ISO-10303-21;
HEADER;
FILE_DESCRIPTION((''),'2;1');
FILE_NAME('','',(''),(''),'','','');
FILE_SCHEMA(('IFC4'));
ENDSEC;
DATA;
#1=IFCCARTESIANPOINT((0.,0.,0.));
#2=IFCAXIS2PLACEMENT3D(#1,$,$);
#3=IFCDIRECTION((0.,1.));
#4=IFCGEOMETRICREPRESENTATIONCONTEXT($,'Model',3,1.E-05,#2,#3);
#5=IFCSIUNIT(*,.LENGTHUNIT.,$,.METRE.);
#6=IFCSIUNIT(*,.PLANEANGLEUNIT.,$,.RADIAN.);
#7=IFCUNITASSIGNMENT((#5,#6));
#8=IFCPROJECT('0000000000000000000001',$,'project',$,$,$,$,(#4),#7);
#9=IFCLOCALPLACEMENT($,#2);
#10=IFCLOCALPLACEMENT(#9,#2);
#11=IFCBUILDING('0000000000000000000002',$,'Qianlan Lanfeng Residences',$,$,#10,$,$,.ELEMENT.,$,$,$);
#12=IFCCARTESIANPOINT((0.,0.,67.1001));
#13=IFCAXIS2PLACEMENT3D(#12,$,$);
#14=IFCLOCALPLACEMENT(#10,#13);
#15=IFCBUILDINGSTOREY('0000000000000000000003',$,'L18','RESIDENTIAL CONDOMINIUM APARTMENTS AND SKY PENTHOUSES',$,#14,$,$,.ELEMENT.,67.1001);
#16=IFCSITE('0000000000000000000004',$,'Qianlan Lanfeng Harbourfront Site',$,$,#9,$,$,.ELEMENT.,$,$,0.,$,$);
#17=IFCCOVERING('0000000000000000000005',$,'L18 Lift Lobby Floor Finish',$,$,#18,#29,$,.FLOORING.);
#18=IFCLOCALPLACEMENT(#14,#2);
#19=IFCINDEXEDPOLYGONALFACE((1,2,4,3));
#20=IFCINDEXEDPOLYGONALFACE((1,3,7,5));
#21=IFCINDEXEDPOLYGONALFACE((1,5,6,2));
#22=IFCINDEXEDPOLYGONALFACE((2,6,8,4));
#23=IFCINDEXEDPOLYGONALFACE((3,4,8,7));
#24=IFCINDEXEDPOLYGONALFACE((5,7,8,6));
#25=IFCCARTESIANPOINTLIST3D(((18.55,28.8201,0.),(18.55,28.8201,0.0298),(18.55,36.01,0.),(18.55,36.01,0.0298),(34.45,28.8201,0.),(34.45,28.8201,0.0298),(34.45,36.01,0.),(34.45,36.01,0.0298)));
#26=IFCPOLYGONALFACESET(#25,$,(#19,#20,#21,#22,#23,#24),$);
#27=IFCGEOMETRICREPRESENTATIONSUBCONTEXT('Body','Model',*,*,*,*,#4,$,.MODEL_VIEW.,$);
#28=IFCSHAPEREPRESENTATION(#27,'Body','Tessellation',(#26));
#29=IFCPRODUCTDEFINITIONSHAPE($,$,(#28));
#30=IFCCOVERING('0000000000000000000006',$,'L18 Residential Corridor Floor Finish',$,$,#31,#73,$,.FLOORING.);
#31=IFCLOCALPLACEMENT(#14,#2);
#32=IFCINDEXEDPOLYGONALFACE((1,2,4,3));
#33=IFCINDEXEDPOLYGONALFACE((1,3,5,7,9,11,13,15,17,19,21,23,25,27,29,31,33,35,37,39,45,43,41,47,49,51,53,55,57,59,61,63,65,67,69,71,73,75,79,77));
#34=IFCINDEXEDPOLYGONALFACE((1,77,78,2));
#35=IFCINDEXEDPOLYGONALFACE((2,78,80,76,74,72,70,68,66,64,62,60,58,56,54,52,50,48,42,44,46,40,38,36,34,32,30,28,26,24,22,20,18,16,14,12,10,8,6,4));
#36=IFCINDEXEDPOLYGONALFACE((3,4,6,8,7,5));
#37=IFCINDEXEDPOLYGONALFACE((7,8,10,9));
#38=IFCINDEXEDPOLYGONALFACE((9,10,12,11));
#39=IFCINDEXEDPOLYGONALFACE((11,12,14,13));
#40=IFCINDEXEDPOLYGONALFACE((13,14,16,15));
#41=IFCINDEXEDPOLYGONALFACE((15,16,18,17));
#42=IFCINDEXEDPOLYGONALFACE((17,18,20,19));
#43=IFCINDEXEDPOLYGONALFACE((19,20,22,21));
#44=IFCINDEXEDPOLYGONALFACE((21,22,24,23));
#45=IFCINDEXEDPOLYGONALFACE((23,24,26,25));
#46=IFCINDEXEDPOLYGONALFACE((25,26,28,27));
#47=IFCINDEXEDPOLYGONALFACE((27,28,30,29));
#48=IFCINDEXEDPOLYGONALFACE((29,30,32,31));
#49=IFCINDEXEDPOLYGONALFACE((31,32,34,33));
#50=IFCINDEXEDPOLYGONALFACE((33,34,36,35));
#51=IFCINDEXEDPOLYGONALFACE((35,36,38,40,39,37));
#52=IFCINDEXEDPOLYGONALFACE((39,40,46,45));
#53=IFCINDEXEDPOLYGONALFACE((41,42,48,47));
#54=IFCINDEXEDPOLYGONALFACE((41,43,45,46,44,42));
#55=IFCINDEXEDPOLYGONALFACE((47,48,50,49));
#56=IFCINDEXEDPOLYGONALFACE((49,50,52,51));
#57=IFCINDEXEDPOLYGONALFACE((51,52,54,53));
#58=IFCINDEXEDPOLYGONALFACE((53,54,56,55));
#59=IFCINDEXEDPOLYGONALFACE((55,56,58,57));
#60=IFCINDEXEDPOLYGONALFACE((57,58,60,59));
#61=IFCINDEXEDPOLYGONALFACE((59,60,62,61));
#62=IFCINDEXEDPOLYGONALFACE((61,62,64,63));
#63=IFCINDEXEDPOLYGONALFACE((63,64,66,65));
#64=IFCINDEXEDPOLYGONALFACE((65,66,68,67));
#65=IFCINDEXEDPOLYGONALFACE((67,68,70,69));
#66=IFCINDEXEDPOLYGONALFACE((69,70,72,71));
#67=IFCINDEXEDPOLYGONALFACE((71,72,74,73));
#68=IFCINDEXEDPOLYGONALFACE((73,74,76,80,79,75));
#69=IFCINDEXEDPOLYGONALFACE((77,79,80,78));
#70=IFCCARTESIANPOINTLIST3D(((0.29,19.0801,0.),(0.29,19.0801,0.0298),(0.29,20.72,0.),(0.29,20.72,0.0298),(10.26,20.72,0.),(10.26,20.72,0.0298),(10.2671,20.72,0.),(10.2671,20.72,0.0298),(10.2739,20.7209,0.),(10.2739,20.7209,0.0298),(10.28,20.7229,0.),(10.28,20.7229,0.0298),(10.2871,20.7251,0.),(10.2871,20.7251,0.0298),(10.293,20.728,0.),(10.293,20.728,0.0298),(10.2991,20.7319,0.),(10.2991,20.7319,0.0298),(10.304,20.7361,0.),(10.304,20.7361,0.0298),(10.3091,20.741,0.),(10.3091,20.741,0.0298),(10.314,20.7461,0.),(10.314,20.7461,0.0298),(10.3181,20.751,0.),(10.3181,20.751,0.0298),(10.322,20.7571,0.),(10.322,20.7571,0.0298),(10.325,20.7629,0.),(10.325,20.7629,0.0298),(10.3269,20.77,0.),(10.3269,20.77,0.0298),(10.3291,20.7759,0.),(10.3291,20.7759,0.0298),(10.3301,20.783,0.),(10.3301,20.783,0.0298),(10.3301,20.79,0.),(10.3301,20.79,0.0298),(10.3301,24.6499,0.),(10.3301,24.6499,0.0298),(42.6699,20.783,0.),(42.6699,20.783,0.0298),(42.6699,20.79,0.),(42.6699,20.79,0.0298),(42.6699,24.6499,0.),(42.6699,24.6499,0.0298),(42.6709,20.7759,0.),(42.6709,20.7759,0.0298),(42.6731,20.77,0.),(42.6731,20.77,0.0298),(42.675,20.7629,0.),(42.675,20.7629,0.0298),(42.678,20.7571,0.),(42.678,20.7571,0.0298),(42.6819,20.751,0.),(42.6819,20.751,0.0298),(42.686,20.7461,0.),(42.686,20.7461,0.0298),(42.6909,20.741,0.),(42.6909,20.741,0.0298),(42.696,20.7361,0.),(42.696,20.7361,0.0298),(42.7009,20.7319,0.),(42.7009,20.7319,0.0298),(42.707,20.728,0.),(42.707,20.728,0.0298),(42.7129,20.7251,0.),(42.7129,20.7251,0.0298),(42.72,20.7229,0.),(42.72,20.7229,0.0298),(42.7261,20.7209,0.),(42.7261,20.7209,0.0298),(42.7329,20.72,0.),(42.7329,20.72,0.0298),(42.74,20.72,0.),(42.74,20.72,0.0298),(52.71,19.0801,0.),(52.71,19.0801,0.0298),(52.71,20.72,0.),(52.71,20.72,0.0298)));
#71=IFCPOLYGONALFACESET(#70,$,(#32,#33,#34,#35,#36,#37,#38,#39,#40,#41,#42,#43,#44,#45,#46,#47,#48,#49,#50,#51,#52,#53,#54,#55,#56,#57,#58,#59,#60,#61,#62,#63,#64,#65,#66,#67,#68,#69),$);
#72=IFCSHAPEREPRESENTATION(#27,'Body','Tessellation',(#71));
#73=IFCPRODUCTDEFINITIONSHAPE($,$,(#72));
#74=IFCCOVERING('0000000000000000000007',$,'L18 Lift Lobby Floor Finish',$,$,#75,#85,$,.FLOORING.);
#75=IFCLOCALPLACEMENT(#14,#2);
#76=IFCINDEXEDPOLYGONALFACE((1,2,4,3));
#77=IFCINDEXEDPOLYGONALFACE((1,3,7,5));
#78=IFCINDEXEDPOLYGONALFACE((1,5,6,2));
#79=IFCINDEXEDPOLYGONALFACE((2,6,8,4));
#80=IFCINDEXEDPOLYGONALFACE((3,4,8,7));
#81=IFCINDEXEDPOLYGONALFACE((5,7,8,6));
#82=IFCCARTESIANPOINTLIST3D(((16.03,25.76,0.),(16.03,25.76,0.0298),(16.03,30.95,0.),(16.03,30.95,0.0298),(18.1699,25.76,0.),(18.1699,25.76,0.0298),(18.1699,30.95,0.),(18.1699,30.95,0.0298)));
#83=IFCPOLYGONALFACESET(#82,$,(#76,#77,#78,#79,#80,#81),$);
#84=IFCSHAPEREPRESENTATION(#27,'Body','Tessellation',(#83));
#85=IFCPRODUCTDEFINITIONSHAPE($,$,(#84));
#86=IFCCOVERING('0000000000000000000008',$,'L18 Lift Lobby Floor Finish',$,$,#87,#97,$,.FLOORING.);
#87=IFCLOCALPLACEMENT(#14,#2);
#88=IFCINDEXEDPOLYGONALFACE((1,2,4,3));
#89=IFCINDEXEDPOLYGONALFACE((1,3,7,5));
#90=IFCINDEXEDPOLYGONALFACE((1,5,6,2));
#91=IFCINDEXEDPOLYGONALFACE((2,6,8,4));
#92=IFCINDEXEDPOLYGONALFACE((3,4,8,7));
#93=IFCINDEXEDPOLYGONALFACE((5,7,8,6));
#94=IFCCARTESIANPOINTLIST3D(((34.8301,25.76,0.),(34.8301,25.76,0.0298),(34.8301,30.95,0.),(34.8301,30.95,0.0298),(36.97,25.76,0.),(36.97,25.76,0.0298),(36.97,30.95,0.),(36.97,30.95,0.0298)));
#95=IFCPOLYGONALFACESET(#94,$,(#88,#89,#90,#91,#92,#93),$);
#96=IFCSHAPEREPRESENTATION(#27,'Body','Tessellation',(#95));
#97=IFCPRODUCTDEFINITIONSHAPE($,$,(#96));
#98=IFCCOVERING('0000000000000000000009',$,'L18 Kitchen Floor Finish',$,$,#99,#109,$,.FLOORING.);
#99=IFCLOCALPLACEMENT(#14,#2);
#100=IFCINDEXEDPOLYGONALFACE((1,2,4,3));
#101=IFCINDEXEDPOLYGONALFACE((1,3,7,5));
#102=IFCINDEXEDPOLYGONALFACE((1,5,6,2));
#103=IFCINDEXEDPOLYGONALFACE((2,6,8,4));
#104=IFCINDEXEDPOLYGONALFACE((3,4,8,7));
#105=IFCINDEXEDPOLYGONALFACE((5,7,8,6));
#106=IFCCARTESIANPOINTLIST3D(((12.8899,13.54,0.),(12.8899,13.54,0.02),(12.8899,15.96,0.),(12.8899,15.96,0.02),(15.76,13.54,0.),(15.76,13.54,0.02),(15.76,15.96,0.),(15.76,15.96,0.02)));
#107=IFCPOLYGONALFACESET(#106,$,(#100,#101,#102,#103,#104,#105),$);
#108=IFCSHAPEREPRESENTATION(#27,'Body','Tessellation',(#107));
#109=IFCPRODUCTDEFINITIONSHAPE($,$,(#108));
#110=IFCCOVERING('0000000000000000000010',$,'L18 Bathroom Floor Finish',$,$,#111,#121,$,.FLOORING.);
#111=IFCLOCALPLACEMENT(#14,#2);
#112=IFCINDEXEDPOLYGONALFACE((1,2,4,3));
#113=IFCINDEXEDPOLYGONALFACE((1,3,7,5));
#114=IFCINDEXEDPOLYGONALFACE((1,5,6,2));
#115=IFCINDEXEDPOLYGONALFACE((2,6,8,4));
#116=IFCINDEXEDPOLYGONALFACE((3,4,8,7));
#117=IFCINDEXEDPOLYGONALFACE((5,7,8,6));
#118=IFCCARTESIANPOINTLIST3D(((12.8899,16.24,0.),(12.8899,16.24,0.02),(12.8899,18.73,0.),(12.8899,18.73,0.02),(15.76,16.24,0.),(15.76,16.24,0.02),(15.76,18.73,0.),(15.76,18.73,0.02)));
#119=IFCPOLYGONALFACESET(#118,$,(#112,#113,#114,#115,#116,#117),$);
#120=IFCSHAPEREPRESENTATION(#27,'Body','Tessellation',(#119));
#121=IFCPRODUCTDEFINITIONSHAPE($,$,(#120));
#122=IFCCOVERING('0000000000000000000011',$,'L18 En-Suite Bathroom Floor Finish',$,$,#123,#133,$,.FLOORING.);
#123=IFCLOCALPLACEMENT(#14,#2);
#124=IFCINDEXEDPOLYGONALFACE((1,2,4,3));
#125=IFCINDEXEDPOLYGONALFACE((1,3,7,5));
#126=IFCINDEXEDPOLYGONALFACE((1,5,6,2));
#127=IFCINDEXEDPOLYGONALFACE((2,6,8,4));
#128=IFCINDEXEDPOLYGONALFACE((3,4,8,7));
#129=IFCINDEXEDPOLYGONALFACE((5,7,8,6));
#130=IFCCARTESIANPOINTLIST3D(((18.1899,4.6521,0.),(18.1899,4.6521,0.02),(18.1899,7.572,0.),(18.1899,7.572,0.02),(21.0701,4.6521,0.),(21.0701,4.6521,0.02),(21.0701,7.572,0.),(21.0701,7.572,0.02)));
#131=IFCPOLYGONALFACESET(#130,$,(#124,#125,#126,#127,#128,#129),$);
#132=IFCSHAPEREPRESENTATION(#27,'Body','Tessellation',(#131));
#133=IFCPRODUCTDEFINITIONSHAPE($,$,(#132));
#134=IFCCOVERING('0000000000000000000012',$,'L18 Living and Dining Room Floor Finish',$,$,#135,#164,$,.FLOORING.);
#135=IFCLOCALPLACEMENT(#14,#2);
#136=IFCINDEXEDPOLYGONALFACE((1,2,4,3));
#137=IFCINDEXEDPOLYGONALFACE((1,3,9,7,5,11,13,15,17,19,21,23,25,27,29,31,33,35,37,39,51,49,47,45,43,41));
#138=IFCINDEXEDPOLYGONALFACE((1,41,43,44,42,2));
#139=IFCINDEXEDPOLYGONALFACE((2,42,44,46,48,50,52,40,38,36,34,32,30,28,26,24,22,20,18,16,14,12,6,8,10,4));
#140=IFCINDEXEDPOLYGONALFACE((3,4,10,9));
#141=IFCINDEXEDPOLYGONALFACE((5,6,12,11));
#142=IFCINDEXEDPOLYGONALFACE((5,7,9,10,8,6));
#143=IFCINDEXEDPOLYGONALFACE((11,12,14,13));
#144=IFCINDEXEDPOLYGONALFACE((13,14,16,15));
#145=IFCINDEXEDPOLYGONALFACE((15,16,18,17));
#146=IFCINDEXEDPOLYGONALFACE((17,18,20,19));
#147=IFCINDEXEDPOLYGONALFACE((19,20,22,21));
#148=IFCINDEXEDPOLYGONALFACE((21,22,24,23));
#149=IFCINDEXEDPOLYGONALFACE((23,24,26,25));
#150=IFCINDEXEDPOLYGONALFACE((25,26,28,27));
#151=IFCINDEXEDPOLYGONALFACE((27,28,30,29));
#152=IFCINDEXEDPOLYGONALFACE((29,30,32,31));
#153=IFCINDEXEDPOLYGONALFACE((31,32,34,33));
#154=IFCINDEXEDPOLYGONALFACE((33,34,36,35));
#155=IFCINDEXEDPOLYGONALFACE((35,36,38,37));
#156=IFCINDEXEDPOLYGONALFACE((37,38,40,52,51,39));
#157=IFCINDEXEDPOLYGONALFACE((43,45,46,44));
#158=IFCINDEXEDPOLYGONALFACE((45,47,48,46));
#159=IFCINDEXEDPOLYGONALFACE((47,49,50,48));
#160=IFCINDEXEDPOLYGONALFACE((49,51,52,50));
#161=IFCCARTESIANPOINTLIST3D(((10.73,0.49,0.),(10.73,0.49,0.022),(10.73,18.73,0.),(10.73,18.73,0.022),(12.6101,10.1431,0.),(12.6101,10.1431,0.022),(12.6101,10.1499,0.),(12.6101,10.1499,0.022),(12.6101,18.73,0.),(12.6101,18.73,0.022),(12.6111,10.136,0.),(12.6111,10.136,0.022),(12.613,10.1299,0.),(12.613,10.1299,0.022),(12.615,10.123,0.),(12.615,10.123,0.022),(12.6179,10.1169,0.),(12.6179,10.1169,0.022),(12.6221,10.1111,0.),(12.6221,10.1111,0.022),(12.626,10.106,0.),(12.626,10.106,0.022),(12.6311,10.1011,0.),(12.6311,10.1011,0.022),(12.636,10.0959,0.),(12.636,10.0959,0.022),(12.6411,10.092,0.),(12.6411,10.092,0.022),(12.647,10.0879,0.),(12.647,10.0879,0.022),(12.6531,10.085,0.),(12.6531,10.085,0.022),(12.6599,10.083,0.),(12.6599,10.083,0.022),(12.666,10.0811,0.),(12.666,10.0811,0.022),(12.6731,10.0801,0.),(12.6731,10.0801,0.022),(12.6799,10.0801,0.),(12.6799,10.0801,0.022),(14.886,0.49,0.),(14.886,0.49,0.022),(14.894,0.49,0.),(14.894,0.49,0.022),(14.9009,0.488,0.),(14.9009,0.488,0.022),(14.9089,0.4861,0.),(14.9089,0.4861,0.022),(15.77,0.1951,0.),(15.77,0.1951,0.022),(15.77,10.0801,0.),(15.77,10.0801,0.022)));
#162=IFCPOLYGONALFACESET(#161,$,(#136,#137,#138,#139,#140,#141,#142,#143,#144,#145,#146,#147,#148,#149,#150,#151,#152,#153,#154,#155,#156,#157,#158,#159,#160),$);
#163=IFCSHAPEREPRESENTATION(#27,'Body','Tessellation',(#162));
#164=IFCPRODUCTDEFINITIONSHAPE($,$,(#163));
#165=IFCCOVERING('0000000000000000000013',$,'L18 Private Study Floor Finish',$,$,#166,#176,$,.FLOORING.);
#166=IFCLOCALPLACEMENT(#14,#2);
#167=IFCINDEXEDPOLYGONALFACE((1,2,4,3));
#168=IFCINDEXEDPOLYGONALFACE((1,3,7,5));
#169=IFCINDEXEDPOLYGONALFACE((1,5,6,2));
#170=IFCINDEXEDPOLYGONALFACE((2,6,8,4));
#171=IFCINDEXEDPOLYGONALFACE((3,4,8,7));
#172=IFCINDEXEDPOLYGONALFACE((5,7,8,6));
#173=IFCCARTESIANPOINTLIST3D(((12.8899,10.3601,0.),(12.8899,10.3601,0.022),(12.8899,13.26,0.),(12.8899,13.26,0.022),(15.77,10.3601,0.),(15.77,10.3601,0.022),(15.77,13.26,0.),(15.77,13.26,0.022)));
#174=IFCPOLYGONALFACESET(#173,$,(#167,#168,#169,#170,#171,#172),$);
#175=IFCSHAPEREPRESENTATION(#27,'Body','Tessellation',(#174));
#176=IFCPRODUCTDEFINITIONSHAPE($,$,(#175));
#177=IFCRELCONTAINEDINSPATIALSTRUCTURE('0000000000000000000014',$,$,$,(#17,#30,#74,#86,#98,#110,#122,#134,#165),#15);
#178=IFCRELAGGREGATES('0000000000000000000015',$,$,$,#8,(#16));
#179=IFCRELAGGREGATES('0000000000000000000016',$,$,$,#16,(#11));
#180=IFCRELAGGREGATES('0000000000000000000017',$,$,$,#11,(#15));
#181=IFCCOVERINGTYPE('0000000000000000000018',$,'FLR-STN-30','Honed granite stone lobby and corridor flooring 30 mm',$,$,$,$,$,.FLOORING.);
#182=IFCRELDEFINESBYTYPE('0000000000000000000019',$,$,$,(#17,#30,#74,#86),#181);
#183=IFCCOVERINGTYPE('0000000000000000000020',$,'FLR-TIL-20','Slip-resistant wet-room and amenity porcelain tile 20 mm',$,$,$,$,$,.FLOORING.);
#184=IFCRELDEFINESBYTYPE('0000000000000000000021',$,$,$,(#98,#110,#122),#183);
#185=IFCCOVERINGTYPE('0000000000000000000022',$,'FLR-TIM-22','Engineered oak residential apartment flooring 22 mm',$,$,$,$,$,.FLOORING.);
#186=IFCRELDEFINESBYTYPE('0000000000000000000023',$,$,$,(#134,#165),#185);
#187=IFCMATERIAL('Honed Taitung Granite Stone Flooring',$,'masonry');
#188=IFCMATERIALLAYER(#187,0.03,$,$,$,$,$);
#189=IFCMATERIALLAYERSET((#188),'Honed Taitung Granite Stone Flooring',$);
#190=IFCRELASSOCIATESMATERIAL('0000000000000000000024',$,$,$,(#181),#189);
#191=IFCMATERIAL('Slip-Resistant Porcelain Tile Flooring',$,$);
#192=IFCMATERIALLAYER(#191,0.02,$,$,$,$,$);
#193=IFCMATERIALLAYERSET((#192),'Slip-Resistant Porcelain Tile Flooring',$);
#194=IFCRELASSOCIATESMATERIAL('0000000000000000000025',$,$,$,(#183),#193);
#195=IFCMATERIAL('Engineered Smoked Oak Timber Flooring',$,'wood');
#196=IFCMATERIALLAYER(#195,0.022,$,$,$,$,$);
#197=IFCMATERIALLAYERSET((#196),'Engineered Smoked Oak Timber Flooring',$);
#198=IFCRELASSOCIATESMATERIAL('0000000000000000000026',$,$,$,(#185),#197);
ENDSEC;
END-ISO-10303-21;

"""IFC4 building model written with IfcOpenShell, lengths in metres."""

from ifc_helpers import new_model, si_unit, direction, frame, origin, place, context, subcontext, project, spatial, polyline, outline, extrude, material, layer, layer_set, type_object, element, save


model = new_model("IFC4")

# Units and contexts
model_context = context("Model", 3, precision=1e-05, world=origin(), true_north=direction((0.0, 1.0)))
body_context = subcontext(model_context, "Body", "Model", "MODEL_VIEW")
ifc_project = project(units=[si_unit("LENGTHUNIT", "METRE"), si_unit("PLANEANGLEUNIT", "RADIAN")], contexts=[model_context])

# Site, building, storey
site_placement = place(None, origin())
site = spatial("IfcSite", under=ifc_project, at=site_placement, Name="Qianlan Lanfeng Harbourfront Site", CompositionType="ELEMENT", RefElevation=0.0)
building_placement = place(site_placement, origin())
building = spatial("IfcBuilding", under=site, at=building_placement, Name="Qianlan Lanfeng Residences", CompositionType="ELEMENT")
storey_placement = place(building_placement, frame((0.0, 0.0, 67.1001)))
storey = spatial("IfcBuildingStorey", under=building, at=storey_placement, Name="L18", Description="RESIDENTIAL CONDOMINIUM APARTMENTS AND SKY PENTHOUSES", CompositionType="ELEMENT", Elevation=67.1001)

# Coverings
ifc_material_1 = material(Name="Honed Taitung Granite Stone Flooring", Category="masonry")
ifc_layer_1 = layer(ifc_material_1, 0.03)
ifc_layer_set_1 = layer_set([ifc_layer_1], Name="Honed Taitung Granite Stone Flooring")
covering_type_1 = type_object("IfcCoveringType", Name="FLR-STN-30", Description="Honed granite stone lobby and corridor flooring 30 mm", PredefinedType="FLOORING", material=ifc_layer_set_1)
covering_1_placement = place(storey_placement, origin())
element("IfcCovering", 1, at=covering_1_placement, inside=storey, type_object=covering_type_1, Name="L18 Lift Lobby Floor Finish", PredefinedType="FLOORING", context=body_context, shape_type="SweptSolid", body=[
    extrude(outline(polyline([(18.55, 28.8201), (34.45, 28.8201), (34.45, 36.01), (18.55, 36.01), (18.55, 28.8201)])), origin(), (0.0, 0.0, 1.0), 0.0298),
])
covering_2_placement = place(storey_placement, origin())
element("IfcCovering", 2, at=covering_2_placement, inside=storey, type_object=covering_type_1, Name="L18 Residential Corridor Floor Finish", PredefinedType="FLOORING", context=body_context, shape_type="SweptSolid", body=[
    extrude(outline(polyline([(0.29, 19.0801), (52.71, 19.0801), (52.71, 20.72), (42.74, 20.72), (42.7329, 20.72), (42.7261, 20.7209), (42.72, 20.7229), (42.7129, 20.7251), (42.707, 20.728), (42.7009, 20.7319), (42.696, 20.7361), (42.6909, 20.741), (42.686, 20.7461), (42.6819, 20.751), (42.678, 20.7571), (42.675, 20.7629), (42.6731, 20.77), (42.6709, 20.7759), (42.6699, 20.783), (42.6699, 20.79), (42.6699, 24.6499), (10.3301, 24.6499), (10.3301, 20.79), (10.3301, 20.783), (10.3291, 20.7759), (10.3269, 20.77), (10.325, 20.7629), (10.322, 20.7571), (10.3181, 20.751), (10.314, 20.7461), (10.3091, 20.741), (10.304, 20.7361), (10.2991, 20.7319), (10.293, 20.728), (10.2871, 20.7251), (10.28, 20.7229), (10.2739, 20.7209), (10.2671, 20.72), (10.26, 20.72), (0.29, 20.72), (0.29, 19.0801)])), origin(), (0.0, 0.0, 1.0), 0.0298),
])
covering_3_placement = place(storey_placement, origin())
element("IfcCovering", 3, at=covering_3_placement, inside=storey, type_object=covering_type_1, Name="L18 Lift Lobby Floor Finish", PredefinedType="FLOORING", context=body_context, shape_type="SweptSolid", body=[
    extrude(outline(polyline([(16.03, 25.76), (18.1699, 25.76), (18.1699, 30.95), (16.03, 30.95), (16.03, 25.76)])), origin(), (0.0, 0.0, 1.0), 0.0298),
])
covering_4_placement = place(storey_placement, origin())
element("IfcCovering", 4, at=covering_4_placement, inside=storey, type_object=covering_type_1, Name="L18 Lift Lobby Floor Finish", PredefinedType="FLOORING", context=body_context, shape_type="SweptSolid", body=[
    extrude(outline(polyline([(34.8301, 25.76), (36.97, 25.76), (36.97, 30.95), (34.8301, 30.95), (34.8301, 25.76)])), origin(), (0.0, 0.0, 1.0), 0.0298),
])
ifc_material_2 = material(Name="Slip-Resistant Porcelain Tile Flooring")
ifc_layer_2 = layer(ifc_material_2, 0.02)
ifc_layer_set_2 = layer_set([ifc_layer_2], Name="Slip-Resistant Porcelain Tile Flooring")
covering_type_2 = type_object("IfcCoveringType", Name="FLR-TIL-20", Description="Slip-resistant wet-room and amenity porcelain tile 20 mm", PredefinedType="FLOORING", material=ifc_layer_set_2)
covering_5_placement = place(storey_placement, origin())
element("IfcCovering", 5, at=covering_5_placement, inside=storey, type_object=covering_type_2, Name="L18 Kitchen Floor Finish", PredefinedType="FLOORING", context=body_context, shape_type="SweptSolid", body=[
    extrude(outline(polyline([(12.8899, 13.54), (15.76, 13.54), (15.76, 15.96), (12.8899, 15.96), (12.8899, 13.54)])), origin(), (0.0, 0.0, 1.0), 0.02),
])
covering_6_placement = place(storey_placement, origin())
element("IfcCovering", 6, at=covering_6_placement, inside=storey, type_object=covering_type_2, Name="L18 Bathroom Floor Finish", PredefinedType="FLOORING", context=body_context, shape_type="SweptSolid", body=[
    extrude(outline(polyline([(12.8899, 16.24), (15.76, 16.24), (15.76, 18.73), (12.8899, 18.73), (12.8899, 16.24)])), origin(), (0.0, 0.0, 1.0), 0.02),
])
covering_7_placement = place(storey_placement, origin())
element("IfcCovering", 7, at=covering_7_placement, inside=storey, type_object=covering_type_2, Name="L18 En-Suite Bathroom Floor Finish", PredefinedType="FLOORING", context=body_context, shape_type="SweptSolid", body=[
    extrude(outline(polyline([(18.1899, 4.6521), (21.0701, 4.6521), (21.0701, 7.572), (18.1899, 7.572), (18.1899, 4.6521)])), origin(), (0.0, 0.0, 1.0), 0.02),
])
ifc_material_3 = material(Name="Engineered Smoked Oak Timber Flooring", Category="wood")
ifc_layer_3 = layer(ifc_material_3, 0.022)
ifc_layer_set_3 = layer_set([ifc_layer_3], Name="Engineered Smoked Oak Timber Flooring")
covering_type_3 = type_object("IfcCoveringType", Name="FLR-TIM-22", Description="Engineered oak residential apartment flooring 22 mm", PredefinedType="FLOORING", material=ifc_layer_set_3)
covering_8_placement = place(storey_placement, origin())
element("IfcCovering", 8, at=covering_8_placement, inside=storey, type_object=covering_type_3, Name="L18 Living and Dining Room Floor Finish", PredefinedType="FLOORING", context=body_context, shape_type="SweptSolid", body=[
    extrude(outline(polyline([(15.77, 0.1951), (15.77, 10.0801), (12.6799, 10.0801), (12.6731, 10.0801), (12.666, 10.0811), (12.6599, 10.083), (12.6531, 10.085), (12.647, 10.0879), (12.6411, 10.092), (12.636, 10.0959), (12.6311, 10.1011), (12.626, 10.106), (12.6221, 10.1111), (12.6179, 10.1169), (12.615, 10.123), (12.613, 10.1299), (12.6111, 10.136), (12.6101, 10.1431), (12.6101, 10.1499), (12.6101, 18.73), (10.73, 18.73), (10.73, 0.49), (14.886, 0.49), (14.894, 0.49), (14.9009, 0.488), (14.9089, 0.4861), (15.77, 0.1951)])), origin(), (0.0, 0.0, 1.0), 0.022),
])
covering_9_placement = place(storey_placement, origin())
element("IfcCovering", 9, at=covering_9_placement, inside=storey, type_object=covering_type_3, Name="L18 Private Study Floor Finish", PredefinedType="FLOORING", context=body_context, shape_type="SweptSolid", body=[
    extrude(outline(polyline([(12.8899, 13.26), (12.8899, 10.3601), (15.77, 10.3601), (15.77, 13.26), (12.8899, 13.26)])), origin(), (0.0, 0.0, 1.0), 0.022),
])

save(model, "model.ifc")
